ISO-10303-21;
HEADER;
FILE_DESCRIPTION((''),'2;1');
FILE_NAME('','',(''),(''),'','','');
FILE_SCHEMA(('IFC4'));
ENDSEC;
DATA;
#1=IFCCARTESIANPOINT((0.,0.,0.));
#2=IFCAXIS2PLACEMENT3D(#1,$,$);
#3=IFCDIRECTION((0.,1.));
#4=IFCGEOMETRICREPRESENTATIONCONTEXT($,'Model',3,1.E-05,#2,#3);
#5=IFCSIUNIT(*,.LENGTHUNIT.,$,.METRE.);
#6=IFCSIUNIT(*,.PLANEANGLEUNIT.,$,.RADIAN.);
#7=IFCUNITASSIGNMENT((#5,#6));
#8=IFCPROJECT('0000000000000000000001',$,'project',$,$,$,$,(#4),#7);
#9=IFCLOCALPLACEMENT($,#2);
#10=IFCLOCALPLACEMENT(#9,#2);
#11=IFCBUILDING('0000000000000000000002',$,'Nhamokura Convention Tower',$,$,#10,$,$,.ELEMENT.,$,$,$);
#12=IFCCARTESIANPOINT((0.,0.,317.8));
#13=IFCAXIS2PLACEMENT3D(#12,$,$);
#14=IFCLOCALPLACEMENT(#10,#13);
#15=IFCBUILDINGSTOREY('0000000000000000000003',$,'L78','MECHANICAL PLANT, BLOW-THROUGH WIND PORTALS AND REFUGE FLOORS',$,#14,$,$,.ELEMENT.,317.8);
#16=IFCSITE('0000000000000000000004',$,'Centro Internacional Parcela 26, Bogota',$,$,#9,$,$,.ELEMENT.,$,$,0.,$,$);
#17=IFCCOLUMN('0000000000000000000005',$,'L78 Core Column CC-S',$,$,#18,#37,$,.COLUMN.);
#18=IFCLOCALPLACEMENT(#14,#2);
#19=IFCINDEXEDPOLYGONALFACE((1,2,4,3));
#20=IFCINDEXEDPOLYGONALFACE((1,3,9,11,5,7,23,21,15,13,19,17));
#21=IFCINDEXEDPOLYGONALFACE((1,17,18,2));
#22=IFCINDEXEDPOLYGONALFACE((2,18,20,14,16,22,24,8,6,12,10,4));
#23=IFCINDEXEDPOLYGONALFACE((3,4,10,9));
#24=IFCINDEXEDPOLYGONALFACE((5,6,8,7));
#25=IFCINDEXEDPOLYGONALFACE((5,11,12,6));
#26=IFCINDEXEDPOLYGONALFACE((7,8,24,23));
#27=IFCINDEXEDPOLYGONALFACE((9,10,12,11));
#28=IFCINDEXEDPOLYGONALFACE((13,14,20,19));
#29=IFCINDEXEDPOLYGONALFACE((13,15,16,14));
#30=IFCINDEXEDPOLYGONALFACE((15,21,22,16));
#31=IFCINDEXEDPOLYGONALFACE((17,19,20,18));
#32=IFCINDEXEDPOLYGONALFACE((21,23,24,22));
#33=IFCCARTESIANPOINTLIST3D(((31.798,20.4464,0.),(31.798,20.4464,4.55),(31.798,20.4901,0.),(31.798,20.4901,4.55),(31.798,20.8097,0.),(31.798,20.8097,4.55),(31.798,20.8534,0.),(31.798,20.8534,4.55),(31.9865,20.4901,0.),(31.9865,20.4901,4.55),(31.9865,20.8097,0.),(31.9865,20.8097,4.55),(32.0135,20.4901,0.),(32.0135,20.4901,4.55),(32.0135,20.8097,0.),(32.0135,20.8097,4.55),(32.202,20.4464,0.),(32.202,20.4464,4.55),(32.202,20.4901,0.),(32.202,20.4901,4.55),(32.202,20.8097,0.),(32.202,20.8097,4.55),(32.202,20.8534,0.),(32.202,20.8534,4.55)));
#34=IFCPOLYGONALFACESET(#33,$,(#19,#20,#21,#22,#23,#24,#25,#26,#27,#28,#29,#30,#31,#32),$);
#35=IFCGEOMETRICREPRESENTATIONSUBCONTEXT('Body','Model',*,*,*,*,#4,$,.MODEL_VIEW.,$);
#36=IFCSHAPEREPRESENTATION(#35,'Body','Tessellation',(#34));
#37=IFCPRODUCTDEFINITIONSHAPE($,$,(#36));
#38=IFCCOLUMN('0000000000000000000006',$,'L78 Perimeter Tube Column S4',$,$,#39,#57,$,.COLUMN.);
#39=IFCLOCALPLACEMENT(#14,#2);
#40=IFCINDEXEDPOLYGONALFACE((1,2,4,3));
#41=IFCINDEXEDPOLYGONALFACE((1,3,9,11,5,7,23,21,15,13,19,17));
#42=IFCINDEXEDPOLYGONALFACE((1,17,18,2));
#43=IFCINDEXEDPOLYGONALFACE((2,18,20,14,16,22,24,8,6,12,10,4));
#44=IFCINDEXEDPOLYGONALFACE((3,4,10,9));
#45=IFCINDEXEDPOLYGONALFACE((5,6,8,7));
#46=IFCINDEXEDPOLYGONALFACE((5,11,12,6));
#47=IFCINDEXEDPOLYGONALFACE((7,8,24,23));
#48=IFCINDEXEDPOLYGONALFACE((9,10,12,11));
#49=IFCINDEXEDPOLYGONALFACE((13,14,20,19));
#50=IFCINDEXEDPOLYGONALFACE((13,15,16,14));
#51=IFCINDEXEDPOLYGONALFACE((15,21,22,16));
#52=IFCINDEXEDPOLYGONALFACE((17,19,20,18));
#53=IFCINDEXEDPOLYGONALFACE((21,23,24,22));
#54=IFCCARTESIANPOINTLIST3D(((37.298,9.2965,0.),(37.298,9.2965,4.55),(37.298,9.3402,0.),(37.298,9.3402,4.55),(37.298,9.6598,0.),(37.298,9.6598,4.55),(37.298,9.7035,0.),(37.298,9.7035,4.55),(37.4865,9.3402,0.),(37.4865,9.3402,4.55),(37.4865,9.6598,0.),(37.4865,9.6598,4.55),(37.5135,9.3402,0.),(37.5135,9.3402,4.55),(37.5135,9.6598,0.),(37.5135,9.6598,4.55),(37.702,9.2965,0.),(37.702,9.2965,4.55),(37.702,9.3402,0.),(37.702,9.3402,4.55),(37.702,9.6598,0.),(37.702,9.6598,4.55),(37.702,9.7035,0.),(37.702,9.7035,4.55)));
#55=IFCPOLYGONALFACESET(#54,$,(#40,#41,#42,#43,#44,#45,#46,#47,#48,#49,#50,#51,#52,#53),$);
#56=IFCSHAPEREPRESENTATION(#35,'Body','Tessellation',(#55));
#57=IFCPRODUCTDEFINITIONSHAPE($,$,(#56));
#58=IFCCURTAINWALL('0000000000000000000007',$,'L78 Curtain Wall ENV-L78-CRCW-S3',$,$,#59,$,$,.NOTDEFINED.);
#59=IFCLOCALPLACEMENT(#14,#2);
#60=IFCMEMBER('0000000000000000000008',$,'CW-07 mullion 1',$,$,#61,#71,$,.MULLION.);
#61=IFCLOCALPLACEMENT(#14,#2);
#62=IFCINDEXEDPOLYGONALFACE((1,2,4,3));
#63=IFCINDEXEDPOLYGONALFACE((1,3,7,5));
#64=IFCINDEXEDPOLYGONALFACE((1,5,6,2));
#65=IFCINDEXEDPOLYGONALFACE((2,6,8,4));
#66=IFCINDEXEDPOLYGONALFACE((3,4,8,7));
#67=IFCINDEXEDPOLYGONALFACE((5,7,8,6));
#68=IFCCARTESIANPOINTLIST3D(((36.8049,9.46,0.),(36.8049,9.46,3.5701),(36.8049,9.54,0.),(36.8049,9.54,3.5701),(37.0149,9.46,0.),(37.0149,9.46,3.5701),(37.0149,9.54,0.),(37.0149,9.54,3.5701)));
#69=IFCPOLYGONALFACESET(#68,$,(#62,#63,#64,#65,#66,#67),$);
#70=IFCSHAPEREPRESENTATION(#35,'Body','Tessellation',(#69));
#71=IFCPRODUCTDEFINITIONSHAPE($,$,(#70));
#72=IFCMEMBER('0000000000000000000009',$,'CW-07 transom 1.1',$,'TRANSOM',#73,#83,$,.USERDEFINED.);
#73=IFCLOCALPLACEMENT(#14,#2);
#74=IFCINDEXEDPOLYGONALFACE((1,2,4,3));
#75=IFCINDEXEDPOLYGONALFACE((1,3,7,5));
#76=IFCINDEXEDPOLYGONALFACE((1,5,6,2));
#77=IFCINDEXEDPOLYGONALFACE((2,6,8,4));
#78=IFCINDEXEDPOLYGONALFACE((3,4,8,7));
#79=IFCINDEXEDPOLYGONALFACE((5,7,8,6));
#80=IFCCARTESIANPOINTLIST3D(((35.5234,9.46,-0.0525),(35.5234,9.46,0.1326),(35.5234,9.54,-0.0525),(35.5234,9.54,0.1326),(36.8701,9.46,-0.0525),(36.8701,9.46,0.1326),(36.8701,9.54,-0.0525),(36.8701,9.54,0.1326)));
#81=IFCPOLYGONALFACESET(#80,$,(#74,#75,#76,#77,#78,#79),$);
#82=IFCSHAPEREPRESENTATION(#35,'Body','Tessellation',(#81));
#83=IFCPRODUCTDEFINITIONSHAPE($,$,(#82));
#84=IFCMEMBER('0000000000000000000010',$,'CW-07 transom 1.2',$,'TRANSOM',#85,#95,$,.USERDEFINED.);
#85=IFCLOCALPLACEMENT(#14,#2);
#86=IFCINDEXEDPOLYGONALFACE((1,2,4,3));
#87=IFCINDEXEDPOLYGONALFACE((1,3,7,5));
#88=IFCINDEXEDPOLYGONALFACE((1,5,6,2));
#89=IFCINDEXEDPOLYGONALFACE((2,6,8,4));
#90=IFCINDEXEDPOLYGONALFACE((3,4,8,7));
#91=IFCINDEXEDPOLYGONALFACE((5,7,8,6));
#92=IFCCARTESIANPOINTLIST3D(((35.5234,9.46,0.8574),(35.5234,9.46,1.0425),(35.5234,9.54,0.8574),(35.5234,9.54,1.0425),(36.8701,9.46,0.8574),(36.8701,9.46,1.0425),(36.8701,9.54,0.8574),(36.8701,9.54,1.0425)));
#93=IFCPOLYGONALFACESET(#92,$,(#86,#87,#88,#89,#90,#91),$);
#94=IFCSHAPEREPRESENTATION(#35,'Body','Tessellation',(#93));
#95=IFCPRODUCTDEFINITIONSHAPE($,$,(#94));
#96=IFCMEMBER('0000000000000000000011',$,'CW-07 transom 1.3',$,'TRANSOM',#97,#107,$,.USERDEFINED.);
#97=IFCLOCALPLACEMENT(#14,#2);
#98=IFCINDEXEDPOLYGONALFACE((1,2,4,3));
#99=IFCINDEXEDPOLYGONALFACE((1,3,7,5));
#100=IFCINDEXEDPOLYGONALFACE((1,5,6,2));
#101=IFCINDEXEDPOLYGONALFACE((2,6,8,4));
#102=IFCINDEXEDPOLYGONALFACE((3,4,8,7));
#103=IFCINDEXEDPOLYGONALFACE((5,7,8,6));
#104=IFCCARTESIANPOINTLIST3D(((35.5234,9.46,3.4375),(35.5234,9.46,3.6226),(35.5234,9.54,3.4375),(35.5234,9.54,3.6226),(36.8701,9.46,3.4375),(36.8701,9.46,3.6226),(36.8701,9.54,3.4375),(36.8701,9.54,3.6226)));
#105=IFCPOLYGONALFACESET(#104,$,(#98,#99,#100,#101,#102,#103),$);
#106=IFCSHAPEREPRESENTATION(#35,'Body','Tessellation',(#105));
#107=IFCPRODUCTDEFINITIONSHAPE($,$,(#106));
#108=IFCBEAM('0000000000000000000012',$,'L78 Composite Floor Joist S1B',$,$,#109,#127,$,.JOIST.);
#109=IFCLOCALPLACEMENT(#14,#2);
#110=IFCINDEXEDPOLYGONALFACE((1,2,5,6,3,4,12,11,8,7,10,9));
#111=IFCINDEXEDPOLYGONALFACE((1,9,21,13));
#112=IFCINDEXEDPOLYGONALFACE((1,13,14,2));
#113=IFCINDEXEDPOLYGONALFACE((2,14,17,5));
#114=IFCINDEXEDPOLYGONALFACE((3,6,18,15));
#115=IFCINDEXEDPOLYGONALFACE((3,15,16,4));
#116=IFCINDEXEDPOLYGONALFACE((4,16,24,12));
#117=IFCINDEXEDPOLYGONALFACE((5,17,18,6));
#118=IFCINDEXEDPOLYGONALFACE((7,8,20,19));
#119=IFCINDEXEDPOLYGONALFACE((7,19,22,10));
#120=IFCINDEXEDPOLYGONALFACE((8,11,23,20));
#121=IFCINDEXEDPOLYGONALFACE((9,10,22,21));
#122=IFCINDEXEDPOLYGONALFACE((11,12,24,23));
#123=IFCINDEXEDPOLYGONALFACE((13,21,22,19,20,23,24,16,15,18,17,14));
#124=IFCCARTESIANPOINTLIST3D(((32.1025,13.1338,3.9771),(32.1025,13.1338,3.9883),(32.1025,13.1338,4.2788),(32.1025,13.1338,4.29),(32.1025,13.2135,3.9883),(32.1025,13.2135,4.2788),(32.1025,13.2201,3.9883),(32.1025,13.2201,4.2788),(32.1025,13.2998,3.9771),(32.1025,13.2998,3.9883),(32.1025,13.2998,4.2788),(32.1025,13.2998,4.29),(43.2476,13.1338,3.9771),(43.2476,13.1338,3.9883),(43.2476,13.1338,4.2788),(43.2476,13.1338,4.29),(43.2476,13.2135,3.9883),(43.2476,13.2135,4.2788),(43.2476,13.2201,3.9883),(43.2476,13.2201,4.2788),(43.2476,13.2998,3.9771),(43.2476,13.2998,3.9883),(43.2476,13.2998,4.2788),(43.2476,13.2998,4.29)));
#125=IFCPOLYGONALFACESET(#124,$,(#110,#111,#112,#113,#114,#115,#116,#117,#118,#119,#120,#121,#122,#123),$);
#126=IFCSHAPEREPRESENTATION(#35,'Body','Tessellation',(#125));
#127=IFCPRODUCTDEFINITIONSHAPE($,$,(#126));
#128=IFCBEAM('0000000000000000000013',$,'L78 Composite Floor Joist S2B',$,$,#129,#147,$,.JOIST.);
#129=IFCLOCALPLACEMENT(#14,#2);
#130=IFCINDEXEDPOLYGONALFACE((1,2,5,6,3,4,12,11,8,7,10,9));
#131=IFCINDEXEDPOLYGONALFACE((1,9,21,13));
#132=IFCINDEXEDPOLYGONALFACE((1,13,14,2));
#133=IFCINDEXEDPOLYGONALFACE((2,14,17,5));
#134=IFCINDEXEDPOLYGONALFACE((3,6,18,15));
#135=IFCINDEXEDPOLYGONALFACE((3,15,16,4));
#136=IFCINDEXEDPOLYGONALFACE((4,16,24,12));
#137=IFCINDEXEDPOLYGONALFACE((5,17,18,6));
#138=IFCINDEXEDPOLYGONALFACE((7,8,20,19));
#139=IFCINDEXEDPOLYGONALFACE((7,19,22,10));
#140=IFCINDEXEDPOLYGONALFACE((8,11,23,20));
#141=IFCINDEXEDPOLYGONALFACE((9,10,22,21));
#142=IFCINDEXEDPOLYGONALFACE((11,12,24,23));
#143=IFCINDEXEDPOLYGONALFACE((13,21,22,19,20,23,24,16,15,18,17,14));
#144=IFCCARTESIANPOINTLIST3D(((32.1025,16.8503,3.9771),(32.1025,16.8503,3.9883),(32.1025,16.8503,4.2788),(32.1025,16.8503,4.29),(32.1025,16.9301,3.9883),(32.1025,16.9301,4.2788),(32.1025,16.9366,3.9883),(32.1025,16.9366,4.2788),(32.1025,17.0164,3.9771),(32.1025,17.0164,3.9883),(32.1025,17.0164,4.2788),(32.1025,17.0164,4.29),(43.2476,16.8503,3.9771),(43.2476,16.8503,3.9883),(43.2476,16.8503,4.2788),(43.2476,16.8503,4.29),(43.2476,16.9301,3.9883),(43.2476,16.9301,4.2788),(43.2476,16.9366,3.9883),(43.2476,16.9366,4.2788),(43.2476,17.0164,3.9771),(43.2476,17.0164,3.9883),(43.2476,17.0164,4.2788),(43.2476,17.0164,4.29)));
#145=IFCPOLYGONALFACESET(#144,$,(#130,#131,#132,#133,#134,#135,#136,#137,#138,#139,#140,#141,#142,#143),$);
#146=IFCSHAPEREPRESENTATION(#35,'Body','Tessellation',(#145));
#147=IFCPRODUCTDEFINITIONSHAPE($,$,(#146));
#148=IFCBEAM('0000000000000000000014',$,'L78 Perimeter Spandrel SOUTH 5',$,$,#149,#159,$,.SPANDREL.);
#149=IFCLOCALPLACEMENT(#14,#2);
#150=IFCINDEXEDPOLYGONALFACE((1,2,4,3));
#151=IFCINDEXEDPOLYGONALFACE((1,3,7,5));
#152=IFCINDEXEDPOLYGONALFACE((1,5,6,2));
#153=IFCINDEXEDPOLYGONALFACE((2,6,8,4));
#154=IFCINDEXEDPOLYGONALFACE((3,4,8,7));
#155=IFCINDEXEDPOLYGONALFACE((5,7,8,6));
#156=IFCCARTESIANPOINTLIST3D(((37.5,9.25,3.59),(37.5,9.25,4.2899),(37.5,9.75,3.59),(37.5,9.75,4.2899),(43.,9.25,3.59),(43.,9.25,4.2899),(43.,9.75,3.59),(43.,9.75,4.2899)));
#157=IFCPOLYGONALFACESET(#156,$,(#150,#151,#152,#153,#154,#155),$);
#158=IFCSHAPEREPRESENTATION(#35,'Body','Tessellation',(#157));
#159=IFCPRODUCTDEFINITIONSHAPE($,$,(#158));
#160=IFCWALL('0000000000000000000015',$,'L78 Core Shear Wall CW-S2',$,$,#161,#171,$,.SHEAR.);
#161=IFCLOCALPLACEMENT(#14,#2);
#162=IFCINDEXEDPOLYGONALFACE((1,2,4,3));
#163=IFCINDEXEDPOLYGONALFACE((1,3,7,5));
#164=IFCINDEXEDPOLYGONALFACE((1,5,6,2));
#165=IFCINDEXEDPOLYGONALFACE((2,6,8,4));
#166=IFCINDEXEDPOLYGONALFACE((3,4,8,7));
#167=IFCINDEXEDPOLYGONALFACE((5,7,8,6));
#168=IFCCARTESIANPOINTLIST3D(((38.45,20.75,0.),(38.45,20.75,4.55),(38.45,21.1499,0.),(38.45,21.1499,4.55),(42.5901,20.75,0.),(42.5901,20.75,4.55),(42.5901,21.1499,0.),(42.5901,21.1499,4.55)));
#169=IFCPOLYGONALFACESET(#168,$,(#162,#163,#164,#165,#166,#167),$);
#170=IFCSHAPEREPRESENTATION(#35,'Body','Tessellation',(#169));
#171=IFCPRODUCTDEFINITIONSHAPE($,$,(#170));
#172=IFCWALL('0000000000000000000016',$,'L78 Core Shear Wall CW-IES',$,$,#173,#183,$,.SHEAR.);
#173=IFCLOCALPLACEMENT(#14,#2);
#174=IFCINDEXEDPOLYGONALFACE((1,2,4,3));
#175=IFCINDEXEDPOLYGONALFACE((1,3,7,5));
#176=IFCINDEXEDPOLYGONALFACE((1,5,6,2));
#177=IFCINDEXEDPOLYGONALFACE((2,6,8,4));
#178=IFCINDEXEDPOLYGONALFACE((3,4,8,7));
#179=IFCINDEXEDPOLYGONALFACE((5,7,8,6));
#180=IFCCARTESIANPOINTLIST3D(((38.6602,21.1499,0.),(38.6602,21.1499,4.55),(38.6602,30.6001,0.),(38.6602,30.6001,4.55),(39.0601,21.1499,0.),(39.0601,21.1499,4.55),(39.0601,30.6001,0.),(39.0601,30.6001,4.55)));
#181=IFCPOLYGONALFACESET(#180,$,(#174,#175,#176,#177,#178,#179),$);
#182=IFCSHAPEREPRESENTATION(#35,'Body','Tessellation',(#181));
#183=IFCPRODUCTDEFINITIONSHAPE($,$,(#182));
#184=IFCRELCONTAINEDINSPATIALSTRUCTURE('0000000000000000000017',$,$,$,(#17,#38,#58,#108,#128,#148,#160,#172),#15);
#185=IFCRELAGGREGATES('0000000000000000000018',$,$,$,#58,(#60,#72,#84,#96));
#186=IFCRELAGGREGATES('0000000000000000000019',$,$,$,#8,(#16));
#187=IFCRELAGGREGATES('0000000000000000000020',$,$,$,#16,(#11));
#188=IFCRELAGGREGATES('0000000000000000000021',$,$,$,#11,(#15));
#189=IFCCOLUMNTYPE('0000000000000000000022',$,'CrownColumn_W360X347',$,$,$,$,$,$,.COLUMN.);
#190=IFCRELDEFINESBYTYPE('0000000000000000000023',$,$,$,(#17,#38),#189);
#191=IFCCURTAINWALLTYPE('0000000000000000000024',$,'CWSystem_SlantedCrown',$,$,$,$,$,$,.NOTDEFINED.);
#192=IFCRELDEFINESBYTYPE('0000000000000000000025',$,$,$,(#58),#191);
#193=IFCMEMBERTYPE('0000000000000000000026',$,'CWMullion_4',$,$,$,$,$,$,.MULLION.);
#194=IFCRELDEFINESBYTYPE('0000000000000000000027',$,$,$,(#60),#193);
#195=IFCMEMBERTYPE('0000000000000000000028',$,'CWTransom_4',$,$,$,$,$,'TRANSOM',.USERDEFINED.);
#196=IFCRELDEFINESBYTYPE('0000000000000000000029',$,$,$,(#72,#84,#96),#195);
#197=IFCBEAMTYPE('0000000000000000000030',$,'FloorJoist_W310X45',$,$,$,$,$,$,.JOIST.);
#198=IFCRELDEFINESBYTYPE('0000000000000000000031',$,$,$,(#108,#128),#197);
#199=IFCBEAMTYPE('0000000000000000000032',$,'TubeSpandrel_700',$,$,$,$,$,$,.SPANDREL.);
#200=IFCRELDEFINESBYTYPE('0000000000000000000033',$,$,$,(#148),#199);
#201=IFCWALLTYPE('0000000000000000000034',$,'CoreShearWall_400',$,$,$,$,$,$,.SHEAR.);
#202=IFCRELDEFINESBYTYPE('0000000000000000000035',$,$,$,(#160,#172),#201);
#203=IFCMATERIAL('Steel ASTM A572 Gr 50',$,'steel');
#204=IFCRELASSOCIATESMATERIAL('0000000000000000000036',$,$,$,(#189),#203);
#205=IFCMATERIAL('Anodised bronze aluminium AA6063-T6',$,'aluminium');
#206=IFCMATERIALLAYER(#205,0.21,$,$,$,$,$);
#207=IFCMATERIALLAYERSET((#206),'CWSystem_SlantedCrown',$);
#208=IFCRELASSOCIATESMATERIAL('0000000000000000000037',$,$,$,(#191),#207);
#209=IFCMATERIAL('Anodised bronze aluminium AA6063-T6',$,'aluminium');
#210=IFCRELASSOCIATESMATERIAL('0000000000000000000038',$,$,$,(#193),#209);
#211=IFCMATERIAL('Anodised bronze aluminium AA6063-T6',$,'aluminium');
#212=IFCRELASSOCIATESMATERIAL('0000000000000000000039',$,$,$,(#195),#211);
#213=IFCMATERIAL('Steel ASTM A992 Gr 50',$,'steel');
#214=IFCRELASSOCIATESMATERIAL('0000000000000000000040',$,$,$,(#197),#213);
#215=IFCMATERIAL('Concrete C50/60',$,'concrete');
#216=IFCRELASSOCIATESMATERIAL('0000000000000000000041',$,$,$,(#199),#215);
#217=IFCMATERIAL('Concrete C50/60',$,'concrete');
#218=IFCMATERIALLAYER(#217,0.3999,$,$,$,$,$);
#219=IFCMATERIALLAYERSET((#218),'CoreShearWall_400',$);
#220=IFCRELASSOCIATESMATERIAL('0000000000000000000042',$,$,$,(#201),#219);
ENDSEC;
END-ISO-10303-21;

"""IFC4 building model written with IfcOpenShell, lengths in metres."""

from ifc_helpers import new_model, si_unit, direction, frame, frame_2d, origin, origin_2d, place, context, subcontext, project, spatial, rectangle, i_section, extrude, material, layer, layer_set, material_profile, profile_set, type_object, element, aggregate, save


model = new_model("IFC4")

# Units and contexts
model_context = context("Model", 3, precision=1e-05, world=origin(), true_north=direction((0.0, 1.0)))
body_context = subcontext(model_context, "Body", "Model", "MODEL_VIEW")
ifc_project = project(units=[si_unit("LENGTHUNIT", "METRE"), si_unit("PLANEANGLEUNIT", "RADIAN")], contexts=[model_context])

# Site, building, storey
site_placement = place(None, origin())
site = spatial("IfcSite", under=ifc_project, at=site_placement, Name="Centro Internacional Parcela 26, Bogota", CompositionType="ELEMENT", RefElevation=0.0)
building_placement = place(site_placement, origin())
building = spatial("IfcBuilding", under=site, at=building_placement, Name="Nhamokura Convention Tower", CompositionType="ELEMENT")
storey_placement = place(building_placement, frame((0.0, 0.0, 317.8)))
storey = spatial("IfcBuildingStorey", under=building, at=storey_placement, Name="L78", Description="MECHANICAL PLANT, BLOW-THROUGH WIND PORTALS AND REFUGE FLOORS", CompositionType="ELEMENT", Elevation=317.8)

# Columns
ifc_material_1 = material(Name="Steel ASTM A572 Gr 50", Category="steel")
ifc_material_profile_1 = material_profile(ifc_material_1, i_section(OverallWidth=0.4041, OverallDepth=0.407, WebThickness=0.0271, FlangeThickness=0.0437, at=origin_2d()))
ifc_profile_set_1 = profile_set([ifc_material_profile_1], Name="Steel ASTM A572 Gr 50")
column_type = type_object("IfcColumnType", Name="CrownColumn_W360X347", PredefinedType="COLUMN", material=ifc_profile_set_1)
for number, where, z_axis, x_axis, name in (
    (1, (32.0, 20.6499, 0.0), (0.0, 0.0, 1.0), (1.0, 0.0, 0.0), "L78 Core Column CC-S"),
    (2, (37.5, 9.5, 0.0), (0.0, 0.0, 1.0), (1.0, 0.0, 0.0), "L78 Perimeter Tube Column S4"),
):
    element("IfcColumn", number, at=place(storey_placement, frame(where, z_axis=z_axis, x_axis=x_axis)), inside=storey, type_object=column_type, Name=name, PredefinedType="COLUMN", context=body_context, shape_type="SweptSolid", body=[
        extrude(i_section(OverallWidth=0.4041, OverallDepth=0.407, WebThickness=0.0271, FlangeThickness=0.0437, at=origin_2d()), origin(), (0.0, 0.0, 1.0), 4.55),
    ])

# Curtain wall, members
ifc_material_2 = material(Name="Anodised bronze aluminium AA6063-T6", Category="aluminium")
ifc_layer_1 = layer(ifc_material_2, 0.21)
ifc_layer_set_1 = layer_set([ifc_layer_1], Name="CWSystem_SlantedCrown")
curtain_wall_type = type_object("IfcCurtainWallType", Name="CWSystem_SlantedCrown", PredefinedType="NOTDEFINED", material=ifc_layer_set_1)
curtain_wall_placement = place(storey_placement, origin())
curtain_wall = element("IfcCurtainWall", 3, at=curtain_wall_placement, inside=storey, type_object=curtain_wall_type, Name="L78 Curtain Wall ENV-L78-CRCW-S3", PredefinedType="NOTDEFINED")
ifc_material_3 = material(Name="Anodised bronze aluminium AA6063-T6", Category="aluminium")
ifc_material_profile_2 = material_profile(ifc_material_3, rectangle(XDim=0.0801, YDim=0.21, at=origin_2d()))
ifc_profile_set_2 = profile_set([ifc_material_profile_2], Name="Anodised bronze aluminium AA6063-T6")
member_type_1 = type_object("IfcMemberType", Name="CWMullion_4", PredefinedType="MULLION", material=ifc_profile_set_2)
member_1_placement = place(storey_placement, frame((36.9099, 9.5, 0.0), z_axis=(0.0, 0.0, 1.0), x_axis=(0.0, -1.0, 0.0)))
member_1 = element("IfcMember", 4, at=member_1_placement, type_object=member_type_1, Name="CW-07 mullion 1", PredefinedType="MULLION", context=body_context, shape_type="SweptSolid", body=[
    extrude(rectangle(XDim=0.0801, YDim=0.21, at=origin_2d()), origin(), (0.0, 0.0, 1.0), 3.5701),
])
ifc_material_4 = material(Name="Anodised bronze aluminium AA6063-T6", Category="aluminium")
ifc_material_profile_3 = material_profile(ifc_material_4, rectangle(XDim=0.0801, YDim=0.1851, at=origin_2d()))
ifc_profile_set_3 = profile_set([ifc_material_profile_3], Name="Anodised bronze aluminium AA6063-T6")
member_type_2 = type_object("IfcMemberType", Name="CWTransom_4", ElementType="TRANSOM", PredefinedType="USERDEFINED", material=ifc_profile_set_3)
member_2_placement = place(storey_placement, frame((36.8701, 9.5, 0.04), z_axis=(-1.0, 0.0, 0.0), x_axis=(0.0, -1.0, 0.0)))
member_2 = element("IfcMember", 5, at=member_2_placement, type_object=member_type_2, Name="CW-07 transom 1.1", ObjectType="TRANSOM", PredefinedType="USERDEFINED", context=body_context, shape_type="SweptSolid", body=[
    extrude(rectangle(XDim=0.0801, YDim=0.1851, at=origin_2d()), origin(), (0.0, 0.0, 1.0), 1.3467),
])
member_3_placement = place(storey_placement, frame((36.8701, 9.5, 0.95), z_axis=(-1.0, 0.0, 0.0), x_axis=(0.0, -1.0, 0.0)))
member_3 = element("IfcMember", 6, at=member_3_placement, type_object=member_type_2, Name="CW-07 transom 1.2", ObjectType="TRANSOM", PredefinedType="USERDEFINED", context=body_context, shape_type="SweptSolid", body=[
    extrude(rectangle(XDim=0.0801, YDim=0.1851, at=origin_2d()), origin(), (0.0, 0.0, 1.0), 1.3467),
])
member_4_placement = place(storey_placement, frame((36.8701, 9.5, 3.53), z_axis=(-1.0, 0.0, 0.0), x_axis=(0.0, -1.0, 0.0)))
member_4 = element("IfcMember", 7, at=member_4_placement, type_object=member_type_2, Name="CW-07 transom 1.3", ObjectType="TRANSOM", PredefinedType="USERDEFINED", context=body_context, shape_type="SweptSolid", body=[
    extrude(rectangle(XDim=0.0801, YDim=0.1851, at=origin_2d()), origin(), (0.0, 0.0, 1.0), 1.3467),
])
aggregate(curtain_wall, [member_1, member_2, member_3, member_4])

# Beams
ifc_material_5 = material(Name="Steel ASTM A992 Gr 50", Category="steel")
ifc_material_profile_4 = material_profile(ifc_material_5, i_section(OverallWidth=0.166, OverallDepth=0.313, WebThickness=0.0066, FlangeThickness=0.0112, at=origin_2d()))
ifc_profile_set_4 = profile_set([ifc_material_profile_4], Name="Steel ASTM A992 Gr 50")
beam_type_1 = type_object("IfcBeamType", Name="FloorJoist_W310X45", PredefinedType="JOIST", material=ifc_profile_set_4)
for number, where, z_axis, x_axis, name in (
    (8, (32.1025, 13.2168, 4.1335), (1.0, 0.0, 0.0), (0.0, 1.0, 0.0), "L78 Composite Floor Joist S1B"),
    (9, (32.1025, 16.9333, 4.1335), (1.0, 0.0, 0.0), (0.0, 1.0, 0.0), "L78 Composite Floor Joist S2B"),
):
    element("IfcBeam", number, at=place(storey_placement, frame(where, z_axis=z_axis, x_axis=x_axis)), inside=storey, type_object=beam_type_1, Name=name, PredefinedType="JOIST", context=body_context, shape_type="SweptSolid", body=[
        extrude(i_section(OverallWidth=0.166, OverallDepth=0.313, WebThickness=0.0066, FlangeThickness=0.0112, at=origin_2d()), origin(), (0.0, 0.0, 1.0), 11.145),
    ])
ifc_material_6 = material(Name="Concrete C50/60", Category="concrete")
ifc_material_profile_5 = material_profile(ifc_material_6, rectangle(XDim=0.5, YDim=0.7, at=origin_2d()))
ifc_profile_set_5 = profile_set([ifc_material_profile_5], Name="Concrete C50/60")
beam_type_2 = type_object("IfcBeamType", Name="TubeSpandrel_700", PredefinedType="SPANDREL", material=ifc_profile_set_5)
beam_placement = place(storey_placement, frame((37.5, 9.5, 3.9399), z_axis=(1.0, 0.0, 0.0), x_axis=(0.0, 1.0, 0.0)))
element("IfcBeam", 10, at=beam_placement, inside=storey, type_object=beam_type_2, Name="L78 Perimeter Spandrel SOUTH 5", PredefinedType="SPANDREL", context=body_context, shape_type="SweptSolid", body=[
    extrude(rectangle(XDim=0.5, YDim=0.7, at=origin_2d()), origin(), (0.0, 0.0, 1.0), 5.5),
])

# Walls
ifc_material_7 = material(Name="Concrete C50/60", Category="concrete")
ifc_layer_2 = layer(ifc_material_7, 0.3999)
ifc_layer_set_2 = layer_set([ifc_layer_2], Name="CoreShearWall_400")
wall_type_1 = type_object("IfcWallType", Name="CoreShearWall_400", PredefinedType="SHEAR", material=ifc_layer_set_2)
wall_1_placement = place(storey_placement, frame((38.45, 20.95, 0.0), z_axis=(0.0, 0.0, 1.0), x_axis=(1.0, 0.0, 0.0)))
element("IfcWall", 11, at=wall_1_placement, inside=storey, type_object=wall_type_1, Name="L78 Core Shear Wall CW-S2", PredefinedType="SHEAR", context=body_context, shape_type="SweptSolid", body=[
    extrude(rectangle(XDim=4.1401, YDim=0.3999, at=frame_2d((2.0701, 0.0))), origin(), (0.0, 0.0, 1.0), 4.55),
])
wall_2_placement = place(storey_placement, frame((38.8601, 21.1499, 0.0), z_axis=(0.0, 0.0, 1.0), x_axis=(0.0, 1.0, 0.0)))
element("IfcWall", 12, at=wall_2_placement, inside=storey, type_object=wall_type_1, Name="L78 Core Shear Wall CW-IES", PredefinedType="SHEAR", context=body_context, shape_type="SweptSolid", body=[
    extrude(rectangle(XDim=9.4502, YDim=0.3999, at=frame_2d((4.7251, 0.0))), origin(), (0.0, 0.0, 1.0), 4.55),
])

save(model, "model.ifc")
